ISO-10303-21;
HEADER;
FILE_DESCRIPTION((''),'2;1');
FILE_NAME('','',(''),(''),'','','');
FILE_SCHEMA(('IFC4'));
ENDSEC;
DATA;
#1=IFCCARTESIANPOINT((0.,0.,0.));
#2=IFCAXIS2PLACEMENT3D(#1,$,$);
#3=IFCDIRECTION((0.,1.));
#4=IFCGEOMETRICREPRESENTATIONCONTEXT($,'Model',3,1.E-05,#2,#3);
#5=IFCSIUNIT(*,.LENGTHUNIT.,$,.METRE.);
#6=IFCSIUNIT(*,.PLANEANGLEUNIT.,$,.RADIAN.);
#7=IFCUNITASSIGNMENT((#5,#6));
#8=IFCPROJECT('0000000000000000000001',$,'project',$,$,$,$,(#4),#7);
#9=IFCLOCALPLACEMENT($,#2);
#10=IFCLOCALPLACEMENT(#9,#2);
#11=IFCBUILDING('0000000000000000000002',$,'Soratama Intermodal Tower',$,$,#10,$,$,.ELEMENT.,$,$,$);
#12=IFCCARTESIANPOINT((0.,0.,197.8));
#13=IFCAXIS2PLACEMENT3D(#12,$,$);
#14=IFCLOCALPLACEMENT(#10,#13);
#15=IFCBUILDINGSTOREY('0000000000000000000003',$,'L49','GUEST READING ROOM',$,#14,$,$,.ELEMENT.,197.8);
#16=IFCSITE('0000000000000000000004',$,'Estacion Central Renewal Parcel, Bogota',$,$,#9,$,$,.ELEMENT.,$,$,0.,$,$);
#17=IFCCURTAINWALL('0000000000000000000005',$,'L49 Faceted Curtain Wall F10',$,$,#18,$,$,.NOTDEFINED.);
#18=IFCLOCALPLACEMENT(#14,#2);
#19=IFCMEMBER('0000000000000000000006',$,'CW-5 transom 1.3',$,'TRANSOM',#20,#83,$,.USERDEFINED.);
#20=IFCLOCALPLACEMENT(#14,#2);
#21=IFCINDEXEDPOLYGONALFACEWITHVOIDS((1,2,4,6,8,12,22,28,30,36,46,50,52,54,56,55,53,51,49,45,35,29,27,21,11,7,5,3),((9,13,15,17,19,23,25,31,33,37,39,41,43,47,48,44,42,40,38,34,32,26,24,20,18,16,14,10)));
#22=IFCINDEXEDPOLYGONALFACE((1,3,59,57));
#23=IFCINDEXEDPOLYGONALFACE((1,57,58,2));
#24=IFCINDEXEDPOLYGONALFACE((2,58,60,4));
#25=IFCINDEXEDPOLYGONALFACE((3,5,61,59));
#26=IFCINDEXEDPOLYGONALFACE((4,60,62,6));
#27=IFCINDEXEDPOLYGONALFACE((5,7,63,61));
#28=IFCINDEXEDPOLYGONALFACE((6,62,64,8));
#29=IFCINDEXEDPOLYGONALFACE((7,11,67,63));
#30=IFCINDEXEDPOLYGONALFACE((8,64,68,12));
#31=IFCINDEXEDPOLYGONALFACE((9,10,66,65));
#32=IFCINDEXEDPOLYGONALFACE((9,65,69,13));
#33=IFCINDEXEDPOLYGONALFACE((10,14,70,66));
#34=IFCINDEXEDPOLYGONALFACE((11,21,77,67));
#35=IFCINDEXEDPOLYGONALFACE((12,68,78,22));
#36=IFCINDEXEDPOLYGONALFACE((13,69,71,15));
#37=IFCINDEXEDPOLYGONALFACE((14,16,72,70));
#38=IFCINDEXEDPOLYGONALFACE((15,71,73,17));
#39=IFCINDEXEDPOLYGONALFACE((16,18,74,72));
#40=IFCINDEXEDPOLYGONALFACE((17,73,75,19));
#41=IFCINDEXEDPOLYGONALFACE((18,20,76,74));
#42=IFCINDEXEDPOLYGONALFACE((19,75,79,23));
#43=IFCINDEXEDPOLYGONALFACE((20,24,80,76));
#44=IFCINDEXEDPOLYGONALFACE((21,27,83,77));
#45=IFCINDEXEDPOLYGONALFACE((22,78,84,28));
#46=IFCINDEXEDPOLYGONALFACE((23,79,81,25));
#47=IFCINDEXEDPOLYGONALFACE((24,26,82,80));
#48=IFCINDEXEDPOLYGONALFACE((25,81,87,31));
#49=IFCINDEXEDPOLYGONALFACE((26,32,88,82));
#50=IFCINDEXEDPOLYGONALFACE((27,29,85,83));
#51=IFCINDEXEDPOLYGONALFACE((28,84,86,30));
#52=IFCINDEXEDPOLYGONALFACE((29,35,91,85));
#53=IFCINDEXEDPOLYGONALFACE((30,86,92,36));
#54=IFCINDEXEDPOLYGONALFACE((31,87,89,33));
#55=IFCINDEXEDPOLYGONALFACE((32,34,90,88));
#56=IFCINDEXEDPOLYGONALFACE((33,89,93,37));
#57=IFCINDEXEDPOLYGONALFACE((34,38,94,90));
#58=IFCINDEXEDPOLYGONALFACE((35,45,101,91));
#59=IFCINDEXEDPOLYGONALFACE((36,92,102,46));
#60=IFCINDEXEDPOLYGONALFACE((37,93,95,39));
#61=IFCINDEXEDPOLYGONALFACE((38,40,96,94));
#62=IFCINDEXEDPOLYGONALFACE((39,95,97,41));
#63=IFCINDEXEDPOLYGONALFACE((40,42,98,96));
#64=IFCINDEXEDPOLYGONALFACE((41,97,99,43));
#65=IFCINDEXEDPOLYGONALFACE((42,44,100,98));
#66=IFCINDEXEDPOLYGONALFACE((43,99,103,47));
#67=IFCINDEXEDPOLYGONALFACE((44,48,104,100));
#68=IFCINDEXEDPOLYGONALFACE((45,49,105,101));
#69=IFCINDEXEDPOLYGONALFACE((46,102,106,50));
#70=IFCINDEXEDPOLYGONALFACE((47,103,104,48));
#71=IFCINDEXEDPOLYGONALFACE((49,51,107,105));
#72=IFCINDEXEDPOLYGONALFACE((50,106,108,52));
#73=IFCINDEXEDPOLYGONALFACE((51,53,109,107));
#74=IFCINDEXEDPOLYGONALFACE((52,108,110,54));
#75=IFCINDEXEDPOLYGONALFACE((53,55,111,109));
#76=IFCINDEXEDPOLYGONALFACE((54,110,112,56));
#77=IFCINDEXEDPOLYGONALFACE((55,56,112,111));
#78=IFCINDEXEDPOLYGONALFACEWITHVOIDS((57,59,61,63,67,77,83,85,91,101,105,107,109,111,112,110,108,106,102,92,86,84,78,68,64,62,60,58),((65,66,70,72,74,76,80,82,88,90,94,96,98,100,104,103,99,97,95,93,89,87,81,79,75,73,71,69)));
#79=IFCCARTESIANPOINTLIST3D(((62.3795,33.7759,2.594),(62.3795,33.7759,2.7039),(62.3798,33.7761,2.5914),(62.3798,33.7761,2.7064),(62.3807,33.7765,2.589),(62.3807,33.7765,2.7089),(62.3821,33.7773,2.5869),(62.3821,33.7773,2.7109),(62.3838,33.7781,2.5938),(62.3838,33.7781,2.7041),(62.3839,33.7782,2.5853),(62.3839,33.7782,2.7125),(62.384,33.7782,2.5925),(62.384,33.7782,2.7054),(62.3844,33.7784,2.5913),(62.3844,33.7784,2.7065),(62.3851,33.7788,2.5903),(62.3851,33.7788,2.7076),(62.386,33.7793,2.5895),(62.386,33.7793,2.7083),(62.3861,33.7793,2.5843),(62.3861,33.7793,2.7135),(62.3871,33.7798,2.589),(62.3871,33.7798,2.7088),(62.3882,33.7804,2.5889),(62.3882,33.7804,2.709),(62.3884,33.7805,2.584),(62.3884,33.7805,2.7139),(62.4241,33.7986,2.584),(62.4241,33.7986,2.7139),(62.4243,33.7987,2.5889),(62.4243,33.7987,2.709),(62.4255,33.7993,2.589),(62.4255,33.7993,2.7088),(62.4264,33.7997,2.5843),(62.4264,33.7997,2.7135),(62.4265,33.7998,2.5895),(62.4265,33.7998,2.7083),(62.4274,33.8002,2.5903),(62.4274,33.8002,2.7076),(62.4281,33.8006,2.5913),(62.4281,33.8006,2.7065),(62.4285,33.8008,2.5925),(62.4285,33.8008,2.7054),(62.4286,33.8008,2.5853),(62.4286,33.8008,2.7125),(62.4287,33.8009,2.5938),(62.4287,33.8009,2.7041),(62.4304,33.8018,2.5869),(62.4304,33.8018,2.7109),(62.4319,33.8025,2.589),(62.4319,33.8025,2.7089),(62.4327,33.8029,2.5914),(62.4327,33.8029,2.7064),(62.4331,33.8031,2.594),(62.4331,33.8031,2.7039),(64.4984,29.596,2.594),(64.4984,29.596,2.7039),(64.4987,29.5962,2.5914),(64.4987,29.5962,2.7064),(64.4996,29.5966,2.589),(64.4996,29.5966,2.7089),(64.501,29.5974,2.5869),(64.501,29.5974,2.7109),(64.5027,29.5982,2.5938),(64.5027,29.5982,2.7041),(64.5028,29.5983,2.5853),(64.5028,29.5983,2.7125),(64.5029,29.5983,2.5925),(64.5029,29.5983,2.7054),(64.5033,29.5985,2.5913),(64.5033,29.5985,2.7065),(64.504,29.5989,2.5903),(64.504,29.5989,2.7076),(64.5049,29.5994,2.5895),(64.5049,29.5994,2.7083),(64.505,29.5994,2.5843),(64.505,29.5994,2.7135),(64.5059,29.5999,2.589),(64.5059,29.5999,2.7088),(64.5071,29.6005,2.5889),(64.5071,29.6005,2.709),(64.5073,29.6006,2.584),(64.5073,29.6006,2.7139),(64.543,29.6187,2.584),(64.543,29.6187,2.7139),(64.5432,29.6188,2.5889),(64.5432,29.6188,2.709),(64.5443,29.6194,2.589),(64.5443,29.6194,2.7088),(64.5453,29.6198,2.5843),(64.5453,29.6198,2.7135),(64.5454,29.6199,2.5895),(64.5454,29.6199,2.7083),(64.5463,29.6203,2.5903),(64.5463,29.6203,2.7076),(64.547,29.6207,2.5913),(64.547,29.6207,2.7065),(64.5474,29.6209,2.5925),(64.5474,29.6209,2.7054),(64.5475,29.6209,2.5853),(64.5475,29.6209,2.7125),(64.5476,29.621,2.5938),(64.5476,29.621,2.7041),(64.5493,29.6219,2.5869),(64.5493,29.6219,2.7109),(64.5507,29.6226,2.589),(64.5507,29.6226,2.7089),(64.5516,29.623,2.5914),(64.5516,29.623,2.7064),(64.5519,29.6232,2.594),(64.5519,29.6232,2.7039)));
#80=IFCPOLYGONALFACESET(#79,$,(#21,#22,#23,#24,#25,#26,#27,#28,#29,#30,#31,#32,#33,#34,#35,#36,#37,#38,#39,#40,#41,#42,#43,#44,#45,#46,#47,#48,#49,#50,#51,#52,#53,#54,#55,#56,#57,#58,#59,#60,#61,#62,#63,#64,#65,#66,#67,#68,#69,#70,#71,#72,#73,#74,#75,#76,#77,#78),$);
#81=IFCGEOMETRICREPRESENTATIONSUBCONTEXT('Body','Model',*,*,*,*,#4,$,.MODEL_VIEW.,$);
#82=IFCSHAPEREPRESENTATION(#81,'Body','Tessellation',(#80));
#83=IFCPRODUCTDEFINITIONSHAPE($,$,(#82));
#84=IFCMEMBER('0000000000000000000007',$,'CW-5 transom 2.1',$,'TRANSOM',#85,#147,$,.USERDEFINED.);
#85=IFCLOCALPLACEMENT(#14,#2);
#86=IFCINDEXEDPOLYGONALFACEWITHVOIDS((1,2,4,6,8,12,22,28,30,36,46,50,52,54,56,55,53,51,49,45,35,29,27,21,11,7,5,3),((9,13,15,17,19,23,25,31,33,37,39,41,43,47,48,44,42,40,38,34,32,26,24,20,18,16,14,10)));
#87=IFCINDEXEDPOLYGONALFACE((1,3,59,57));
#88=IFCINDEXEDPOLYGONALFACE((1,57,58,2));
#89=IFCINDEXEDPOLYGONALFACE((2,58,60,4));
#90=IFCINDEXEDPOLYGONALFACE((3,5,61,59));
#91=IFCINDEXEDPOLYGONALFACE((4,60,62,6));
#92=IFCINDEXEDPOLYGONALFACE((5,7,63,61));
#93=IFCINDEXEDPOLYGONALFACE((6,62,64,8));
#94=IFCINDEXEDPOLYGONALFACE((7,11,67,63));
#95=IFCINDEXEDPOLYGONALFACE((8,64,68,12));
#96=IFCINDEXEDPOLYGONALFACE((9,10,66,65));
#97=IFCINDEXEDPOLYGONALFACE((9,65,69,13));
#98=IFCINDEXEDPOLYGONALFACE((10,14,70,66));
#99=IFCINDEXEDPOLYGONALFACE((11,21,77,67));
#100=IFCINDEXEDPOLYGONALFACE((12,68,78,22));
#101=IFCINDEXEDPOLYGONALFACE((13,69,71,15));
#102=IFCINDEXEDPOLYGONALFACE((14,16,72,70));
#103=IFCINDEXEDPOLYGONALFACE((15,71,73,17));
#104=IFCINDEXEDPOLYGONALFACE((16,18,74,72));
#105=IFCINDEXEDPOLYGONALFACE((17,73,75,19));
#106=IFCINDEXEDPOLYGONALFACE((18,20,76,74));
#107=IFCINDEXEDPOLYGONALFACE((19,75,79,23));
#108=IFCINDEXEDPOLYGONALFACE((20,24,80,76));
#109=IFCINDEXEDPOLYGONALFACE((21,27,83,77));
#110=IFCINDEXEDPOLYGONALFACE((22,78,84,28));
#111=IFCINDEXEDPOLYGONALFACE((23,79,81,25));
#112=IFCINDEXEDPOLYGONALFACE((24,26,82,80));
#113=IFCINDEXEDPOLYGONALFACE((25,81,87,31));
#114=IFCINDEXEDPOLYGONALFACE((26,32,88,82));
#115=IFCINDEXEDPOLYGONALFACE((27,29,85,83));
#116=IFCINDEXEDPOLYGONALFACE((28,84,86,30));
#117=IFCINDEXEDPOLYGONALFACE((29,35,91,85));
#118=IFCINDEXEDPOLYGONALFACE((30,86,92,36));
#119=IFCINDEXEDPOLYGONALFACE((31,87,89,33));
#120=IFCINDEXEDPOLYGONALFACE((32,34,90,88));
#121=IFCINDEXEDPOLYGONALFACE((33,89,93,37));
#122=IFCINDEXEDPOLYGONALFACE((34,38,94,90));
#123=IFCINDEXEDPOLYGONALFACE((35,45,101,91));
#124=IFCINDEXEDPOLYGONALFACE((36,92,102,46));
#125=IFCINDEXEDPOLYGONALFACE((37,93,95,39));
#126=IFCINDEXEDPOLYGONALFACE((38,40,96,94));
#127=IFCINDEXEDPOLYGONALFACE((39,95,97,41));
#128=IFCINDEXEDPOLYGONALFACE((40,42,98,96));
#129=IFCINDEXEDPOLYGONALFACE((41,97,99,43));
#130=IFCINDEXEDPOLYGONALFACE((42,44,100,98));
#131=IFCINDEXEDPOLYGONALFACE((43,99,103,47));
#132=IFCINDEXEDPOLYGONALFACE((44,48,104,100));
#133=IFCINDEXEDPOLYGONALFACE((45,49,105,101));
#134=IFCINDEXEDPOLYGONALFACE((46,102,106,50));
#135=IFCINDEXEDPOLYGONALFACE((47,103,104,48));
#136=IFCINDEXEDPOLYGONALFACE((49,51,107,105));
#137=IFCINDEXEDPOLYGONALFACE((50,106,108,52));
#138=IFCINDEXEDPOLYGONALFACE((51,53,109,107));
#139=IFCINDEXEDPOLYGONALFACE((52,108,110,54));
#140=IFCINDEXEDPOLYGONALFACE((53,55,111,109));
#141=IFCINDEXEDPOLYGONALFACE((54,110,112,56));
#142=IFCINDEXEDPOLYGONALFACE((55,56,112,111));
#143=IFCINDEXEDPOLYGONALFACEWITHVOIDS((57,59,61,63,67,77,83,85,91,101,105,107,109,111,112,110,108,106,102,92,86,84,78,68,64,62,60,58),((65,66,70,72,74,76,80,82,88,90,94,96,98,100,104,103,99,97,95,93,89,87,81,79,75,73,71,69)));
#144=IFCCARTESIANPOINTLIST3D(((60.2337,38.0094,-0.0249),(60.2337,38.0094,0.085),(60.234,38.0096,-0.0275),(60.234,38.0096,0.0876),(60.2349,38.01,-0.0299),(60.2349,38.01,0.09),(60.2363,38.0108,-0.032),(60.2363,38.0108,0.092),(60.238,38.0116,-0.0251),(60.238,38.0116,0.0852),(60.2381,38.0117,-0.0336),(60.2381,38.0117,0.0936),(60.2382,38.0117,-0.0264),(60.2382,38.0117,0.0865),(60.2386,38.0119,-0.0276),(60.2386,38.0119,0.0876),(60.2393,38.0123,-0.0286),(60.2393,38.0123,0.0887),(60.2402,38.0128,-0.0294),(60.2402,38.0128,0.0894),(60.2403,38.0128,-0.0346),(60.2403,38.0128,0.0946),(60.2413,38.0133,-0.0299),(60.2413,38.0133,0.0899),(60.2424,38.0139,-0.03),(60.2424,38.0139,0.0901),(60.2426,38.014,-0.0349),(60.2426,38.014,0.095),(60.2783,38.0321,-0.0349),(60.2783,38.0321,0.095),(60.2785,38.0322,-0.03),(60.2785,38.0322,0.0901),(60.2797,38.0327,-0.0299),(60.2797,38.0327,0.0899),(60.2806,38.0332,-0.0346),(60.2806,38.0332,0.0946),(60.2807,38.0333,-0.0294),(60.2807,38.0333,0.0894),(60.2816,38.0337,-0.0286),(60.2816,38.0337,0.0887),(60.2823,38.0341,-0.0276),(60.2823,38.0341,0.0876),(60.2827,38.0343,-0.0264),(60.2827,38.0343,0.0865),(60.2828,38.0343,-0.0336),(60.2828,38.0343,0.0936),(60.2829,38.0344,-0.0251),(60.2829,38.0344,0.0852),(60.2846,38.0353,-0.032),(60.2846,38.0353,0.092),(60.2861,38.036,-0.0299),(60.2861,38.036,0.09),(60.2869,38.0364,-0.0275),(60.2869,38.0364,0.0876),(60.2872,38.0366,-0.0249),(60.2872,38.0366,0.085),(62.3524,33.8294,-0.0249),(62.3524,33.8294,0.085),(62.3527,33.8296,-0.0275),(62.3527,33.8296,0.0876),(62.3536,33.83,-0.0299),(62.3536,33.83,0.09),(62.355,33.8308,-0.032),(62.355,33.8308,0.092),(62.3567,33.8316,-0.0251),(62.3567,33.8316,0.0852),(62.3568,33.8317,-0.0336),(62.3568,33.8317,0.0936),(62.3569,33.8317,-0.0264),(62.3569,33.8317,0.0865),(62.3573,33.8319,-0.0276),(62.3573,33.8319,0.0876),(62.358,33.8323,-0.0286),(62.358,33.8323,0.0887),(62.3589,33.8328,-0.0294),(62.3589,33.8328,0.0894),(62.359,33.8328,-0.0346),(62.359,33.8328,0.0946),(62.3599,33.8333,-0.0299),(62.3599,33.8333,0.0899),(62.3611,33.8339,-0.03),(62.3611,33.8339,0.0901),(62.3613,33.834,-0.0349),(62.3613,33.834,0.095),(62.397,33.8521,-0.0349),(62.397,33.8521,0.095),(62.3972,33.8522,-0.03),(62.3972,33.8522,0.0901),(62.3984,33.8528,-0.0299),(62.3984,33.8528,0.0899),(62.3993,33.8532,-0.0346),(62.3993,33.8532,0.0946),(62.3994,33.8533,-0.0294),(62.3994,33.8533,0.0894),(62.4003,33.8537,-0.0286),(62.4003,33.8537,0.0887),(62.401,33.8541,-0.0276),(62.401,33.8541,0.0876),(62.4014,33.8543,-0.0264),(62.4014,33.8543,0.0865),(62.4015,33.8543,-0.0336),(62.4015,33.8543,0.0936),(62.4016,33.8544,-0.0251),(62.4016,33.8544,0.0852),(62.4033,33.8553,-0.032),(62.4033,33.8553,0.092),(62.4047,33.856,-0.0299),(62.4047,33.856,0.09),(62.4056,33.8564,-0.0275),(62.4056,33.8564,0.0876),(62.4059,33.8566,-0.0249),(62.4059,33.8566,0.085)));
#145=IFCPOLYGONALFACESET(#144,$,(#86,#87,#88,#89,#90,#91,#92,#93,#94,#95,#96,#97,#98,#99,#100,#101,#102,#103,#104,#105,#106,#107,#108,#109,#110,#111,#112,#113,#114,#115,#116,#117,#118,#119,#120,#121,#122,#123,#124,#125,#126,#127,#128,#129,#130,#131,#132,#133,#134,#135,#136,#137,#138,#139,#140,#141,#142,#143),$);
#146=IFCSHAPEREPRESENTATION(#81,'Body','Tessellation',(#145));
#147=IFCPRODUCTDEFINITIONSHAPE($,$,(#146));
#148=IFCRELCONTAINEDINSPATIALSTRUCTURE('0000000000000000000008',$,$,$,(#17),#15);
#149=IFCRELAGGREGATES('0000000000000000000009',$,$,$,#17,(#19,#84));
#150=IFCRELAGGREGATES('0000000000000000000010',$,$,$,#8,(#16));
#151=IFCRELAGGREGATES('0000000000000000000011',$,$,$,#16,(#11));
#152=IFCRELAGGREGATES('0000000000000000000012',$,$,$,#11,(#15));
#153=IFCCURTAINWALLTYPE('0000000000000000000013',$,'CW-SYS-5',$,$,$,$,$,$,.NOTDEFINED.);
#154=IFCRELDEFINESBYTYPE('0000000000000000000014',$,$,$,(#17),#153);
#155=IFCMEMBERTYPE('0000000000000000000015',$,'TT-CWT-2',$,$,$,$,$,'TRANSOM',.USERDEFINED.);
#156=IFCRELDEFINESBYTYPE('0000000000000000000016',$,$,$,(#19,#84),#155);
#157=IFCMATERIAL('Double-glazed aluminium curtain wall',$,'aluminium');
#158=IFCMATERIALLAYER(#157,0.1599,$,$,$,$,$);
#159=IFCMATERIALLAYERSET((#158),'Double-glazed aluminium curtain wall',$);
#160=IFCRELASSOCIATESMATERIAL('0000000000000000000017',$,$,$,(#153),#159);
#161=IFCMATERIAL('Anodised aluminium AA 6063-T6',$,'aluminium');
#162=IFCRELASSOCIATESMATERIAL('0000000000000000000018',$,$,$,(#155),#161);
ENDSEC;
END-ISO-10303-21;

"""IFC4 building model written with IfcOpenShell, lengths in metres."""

from ifc_helpers import new_model, si_unit, direction, frame, origin, origin_2d, place, context, subcontext, project, spatial, hollow_rectangle, extrude, material, layer, layer_set, material_profile, profile_set, type_object, element, aggregate, save


model = new_model("IFC4")

# Units and contexts
model_context = context("Model", 3, precision=1e-05, world=origin(), true_north=direction((0.0, 1.0)))
body_context = subcontext(model_context, "Body", "Model", "MODEL_VIEW")
ifc_project = project(units=[si_unit("LENGTHUNIT", "METRE"), si_unit("PLANEANGLEUNIT", "RADIAN")], contexts=[model_context])

# Site, building, storey
site_placement = place(None, origin())
site = spatial("IfcSite", under=ifc_project, at=site_placement, Name="Estacion Central Renewal Parcel, Bogota", CompositionType="ELEMENT", RefElevation=0.0)
building_placement = place(site_placement, origin())
building = spatial("IfcBuilding", under=site, at=building_placement, Name="Soratama Intermodal Tower", CompositionType="ELEMENT")
storey_placement = place(building_placement, frame((0.0, 0.0, 197.8)))
storey = spatial("IfcBuildingStorey", under=building, at=storey_placement, Name="L49", Description="GUEST READING ROOM", CompositionType="ELEMENT", Elevation=197.8)

# Curtain wall, members
ifc_material_1 = material(Name="Double-glazed aluminium curtain wall", Category="aluminium")
ifc_layer_1 = layer(ifc_material_1, 0.1599)
ifc_layer_set_1 = layer_set([ifc_layer_1], Name="Double-glazed aluminium curtain wall")
curtain_wall_type = type_object("IfcCurtainWallType", Name="CW-SYS-5", PredefinedType="NOTDEFINED", material=ifc_layer_set_1)
curtain_wall_placement = place(storey_placement, origin())
curtain_wall = element("IfcCurtainWall", 1, at=curtain_wall_placement, inside=storey, type_object=curtain_wall_type, Name="L49 Faceted Curtain Wall F10", PredefinedType="NOTDEFINED")
ifc_material_2 = material(Name="Anodised aluminium AA 6063-T6", Category="aluminium")
ifc_material_profile_1 = material_profile(ifc_material_2, hollow_rectangle(XDim=0.0601, YDim=0.1299, WallThickness=0.0049, InnerFilletRadius=0.0049, OuterFilletRadius=0.01, at=origin_2d()), Name="CWT130X60X5")
ifc_profile_set_1 = profile_set([ifc_material_profile_1], Name="Anodised aluminium AA 6063-T6")
member_type_1 = type_object("IfcMemberType", Name="TT-CWT-2", ElementType="TRANSOM", PredefinedType="USERDEFINED", material=ifc_profile_set_1)
member_1_placement = place(storey_placement, frame((64.5251, 29.6096, 2.6489), z_axis=(-0.452146, 0.891944, 0.0), x_axis=(-0.891944, -0.452146, 0.0)))
member_1 = element("IfcMember", 2, at=member_1_placement, type_object=member_type_1, Name="CW-5 transom 1.3", ObjectType="TRANSOM", PredefinedType="USERDEFINED", context=body_context, shape_type="SweptSolid", body=[
    extrude(hollow_rectangle(XDim=0.0601, YDim=0.1299, WallThickness=0.0049, InnerFilletRadius=0.0049, OuterFilletRadius=0.01, at=origin_2d()), origin(), (0.0, 0.0, 1.0), 4.6863),
])
member_2_placement = place(storey_placement, frame((62.3792, 33.843, 0.03), z_axis=(-0.452104, 0.891965, 0.0), x_axis=(-0.891965, -0.452104, 0.0)))
member_2 = element("IfcMember", 3, at=member_2_placement, type_object=member_type_1, Name="CW-5 transom 2.1", ObjectType="TRANSOM", PredefinedType="USERDEFINED", context=body_context, shape_type="SweptSolid", body=[
    extrude(hollow_rectangle(XDim=0.0601, YDim=0.1299, WallThickness=0.0049, InnerFilletRadius=0.0049, OuterFilletRadius=0.01, at=origin_2d()), origin(), (0.0, 0.0, 1.0), 4.6863),
])
aggregate(curtain_wall, [member_1, member_2])

save(model, "model.ifc")
